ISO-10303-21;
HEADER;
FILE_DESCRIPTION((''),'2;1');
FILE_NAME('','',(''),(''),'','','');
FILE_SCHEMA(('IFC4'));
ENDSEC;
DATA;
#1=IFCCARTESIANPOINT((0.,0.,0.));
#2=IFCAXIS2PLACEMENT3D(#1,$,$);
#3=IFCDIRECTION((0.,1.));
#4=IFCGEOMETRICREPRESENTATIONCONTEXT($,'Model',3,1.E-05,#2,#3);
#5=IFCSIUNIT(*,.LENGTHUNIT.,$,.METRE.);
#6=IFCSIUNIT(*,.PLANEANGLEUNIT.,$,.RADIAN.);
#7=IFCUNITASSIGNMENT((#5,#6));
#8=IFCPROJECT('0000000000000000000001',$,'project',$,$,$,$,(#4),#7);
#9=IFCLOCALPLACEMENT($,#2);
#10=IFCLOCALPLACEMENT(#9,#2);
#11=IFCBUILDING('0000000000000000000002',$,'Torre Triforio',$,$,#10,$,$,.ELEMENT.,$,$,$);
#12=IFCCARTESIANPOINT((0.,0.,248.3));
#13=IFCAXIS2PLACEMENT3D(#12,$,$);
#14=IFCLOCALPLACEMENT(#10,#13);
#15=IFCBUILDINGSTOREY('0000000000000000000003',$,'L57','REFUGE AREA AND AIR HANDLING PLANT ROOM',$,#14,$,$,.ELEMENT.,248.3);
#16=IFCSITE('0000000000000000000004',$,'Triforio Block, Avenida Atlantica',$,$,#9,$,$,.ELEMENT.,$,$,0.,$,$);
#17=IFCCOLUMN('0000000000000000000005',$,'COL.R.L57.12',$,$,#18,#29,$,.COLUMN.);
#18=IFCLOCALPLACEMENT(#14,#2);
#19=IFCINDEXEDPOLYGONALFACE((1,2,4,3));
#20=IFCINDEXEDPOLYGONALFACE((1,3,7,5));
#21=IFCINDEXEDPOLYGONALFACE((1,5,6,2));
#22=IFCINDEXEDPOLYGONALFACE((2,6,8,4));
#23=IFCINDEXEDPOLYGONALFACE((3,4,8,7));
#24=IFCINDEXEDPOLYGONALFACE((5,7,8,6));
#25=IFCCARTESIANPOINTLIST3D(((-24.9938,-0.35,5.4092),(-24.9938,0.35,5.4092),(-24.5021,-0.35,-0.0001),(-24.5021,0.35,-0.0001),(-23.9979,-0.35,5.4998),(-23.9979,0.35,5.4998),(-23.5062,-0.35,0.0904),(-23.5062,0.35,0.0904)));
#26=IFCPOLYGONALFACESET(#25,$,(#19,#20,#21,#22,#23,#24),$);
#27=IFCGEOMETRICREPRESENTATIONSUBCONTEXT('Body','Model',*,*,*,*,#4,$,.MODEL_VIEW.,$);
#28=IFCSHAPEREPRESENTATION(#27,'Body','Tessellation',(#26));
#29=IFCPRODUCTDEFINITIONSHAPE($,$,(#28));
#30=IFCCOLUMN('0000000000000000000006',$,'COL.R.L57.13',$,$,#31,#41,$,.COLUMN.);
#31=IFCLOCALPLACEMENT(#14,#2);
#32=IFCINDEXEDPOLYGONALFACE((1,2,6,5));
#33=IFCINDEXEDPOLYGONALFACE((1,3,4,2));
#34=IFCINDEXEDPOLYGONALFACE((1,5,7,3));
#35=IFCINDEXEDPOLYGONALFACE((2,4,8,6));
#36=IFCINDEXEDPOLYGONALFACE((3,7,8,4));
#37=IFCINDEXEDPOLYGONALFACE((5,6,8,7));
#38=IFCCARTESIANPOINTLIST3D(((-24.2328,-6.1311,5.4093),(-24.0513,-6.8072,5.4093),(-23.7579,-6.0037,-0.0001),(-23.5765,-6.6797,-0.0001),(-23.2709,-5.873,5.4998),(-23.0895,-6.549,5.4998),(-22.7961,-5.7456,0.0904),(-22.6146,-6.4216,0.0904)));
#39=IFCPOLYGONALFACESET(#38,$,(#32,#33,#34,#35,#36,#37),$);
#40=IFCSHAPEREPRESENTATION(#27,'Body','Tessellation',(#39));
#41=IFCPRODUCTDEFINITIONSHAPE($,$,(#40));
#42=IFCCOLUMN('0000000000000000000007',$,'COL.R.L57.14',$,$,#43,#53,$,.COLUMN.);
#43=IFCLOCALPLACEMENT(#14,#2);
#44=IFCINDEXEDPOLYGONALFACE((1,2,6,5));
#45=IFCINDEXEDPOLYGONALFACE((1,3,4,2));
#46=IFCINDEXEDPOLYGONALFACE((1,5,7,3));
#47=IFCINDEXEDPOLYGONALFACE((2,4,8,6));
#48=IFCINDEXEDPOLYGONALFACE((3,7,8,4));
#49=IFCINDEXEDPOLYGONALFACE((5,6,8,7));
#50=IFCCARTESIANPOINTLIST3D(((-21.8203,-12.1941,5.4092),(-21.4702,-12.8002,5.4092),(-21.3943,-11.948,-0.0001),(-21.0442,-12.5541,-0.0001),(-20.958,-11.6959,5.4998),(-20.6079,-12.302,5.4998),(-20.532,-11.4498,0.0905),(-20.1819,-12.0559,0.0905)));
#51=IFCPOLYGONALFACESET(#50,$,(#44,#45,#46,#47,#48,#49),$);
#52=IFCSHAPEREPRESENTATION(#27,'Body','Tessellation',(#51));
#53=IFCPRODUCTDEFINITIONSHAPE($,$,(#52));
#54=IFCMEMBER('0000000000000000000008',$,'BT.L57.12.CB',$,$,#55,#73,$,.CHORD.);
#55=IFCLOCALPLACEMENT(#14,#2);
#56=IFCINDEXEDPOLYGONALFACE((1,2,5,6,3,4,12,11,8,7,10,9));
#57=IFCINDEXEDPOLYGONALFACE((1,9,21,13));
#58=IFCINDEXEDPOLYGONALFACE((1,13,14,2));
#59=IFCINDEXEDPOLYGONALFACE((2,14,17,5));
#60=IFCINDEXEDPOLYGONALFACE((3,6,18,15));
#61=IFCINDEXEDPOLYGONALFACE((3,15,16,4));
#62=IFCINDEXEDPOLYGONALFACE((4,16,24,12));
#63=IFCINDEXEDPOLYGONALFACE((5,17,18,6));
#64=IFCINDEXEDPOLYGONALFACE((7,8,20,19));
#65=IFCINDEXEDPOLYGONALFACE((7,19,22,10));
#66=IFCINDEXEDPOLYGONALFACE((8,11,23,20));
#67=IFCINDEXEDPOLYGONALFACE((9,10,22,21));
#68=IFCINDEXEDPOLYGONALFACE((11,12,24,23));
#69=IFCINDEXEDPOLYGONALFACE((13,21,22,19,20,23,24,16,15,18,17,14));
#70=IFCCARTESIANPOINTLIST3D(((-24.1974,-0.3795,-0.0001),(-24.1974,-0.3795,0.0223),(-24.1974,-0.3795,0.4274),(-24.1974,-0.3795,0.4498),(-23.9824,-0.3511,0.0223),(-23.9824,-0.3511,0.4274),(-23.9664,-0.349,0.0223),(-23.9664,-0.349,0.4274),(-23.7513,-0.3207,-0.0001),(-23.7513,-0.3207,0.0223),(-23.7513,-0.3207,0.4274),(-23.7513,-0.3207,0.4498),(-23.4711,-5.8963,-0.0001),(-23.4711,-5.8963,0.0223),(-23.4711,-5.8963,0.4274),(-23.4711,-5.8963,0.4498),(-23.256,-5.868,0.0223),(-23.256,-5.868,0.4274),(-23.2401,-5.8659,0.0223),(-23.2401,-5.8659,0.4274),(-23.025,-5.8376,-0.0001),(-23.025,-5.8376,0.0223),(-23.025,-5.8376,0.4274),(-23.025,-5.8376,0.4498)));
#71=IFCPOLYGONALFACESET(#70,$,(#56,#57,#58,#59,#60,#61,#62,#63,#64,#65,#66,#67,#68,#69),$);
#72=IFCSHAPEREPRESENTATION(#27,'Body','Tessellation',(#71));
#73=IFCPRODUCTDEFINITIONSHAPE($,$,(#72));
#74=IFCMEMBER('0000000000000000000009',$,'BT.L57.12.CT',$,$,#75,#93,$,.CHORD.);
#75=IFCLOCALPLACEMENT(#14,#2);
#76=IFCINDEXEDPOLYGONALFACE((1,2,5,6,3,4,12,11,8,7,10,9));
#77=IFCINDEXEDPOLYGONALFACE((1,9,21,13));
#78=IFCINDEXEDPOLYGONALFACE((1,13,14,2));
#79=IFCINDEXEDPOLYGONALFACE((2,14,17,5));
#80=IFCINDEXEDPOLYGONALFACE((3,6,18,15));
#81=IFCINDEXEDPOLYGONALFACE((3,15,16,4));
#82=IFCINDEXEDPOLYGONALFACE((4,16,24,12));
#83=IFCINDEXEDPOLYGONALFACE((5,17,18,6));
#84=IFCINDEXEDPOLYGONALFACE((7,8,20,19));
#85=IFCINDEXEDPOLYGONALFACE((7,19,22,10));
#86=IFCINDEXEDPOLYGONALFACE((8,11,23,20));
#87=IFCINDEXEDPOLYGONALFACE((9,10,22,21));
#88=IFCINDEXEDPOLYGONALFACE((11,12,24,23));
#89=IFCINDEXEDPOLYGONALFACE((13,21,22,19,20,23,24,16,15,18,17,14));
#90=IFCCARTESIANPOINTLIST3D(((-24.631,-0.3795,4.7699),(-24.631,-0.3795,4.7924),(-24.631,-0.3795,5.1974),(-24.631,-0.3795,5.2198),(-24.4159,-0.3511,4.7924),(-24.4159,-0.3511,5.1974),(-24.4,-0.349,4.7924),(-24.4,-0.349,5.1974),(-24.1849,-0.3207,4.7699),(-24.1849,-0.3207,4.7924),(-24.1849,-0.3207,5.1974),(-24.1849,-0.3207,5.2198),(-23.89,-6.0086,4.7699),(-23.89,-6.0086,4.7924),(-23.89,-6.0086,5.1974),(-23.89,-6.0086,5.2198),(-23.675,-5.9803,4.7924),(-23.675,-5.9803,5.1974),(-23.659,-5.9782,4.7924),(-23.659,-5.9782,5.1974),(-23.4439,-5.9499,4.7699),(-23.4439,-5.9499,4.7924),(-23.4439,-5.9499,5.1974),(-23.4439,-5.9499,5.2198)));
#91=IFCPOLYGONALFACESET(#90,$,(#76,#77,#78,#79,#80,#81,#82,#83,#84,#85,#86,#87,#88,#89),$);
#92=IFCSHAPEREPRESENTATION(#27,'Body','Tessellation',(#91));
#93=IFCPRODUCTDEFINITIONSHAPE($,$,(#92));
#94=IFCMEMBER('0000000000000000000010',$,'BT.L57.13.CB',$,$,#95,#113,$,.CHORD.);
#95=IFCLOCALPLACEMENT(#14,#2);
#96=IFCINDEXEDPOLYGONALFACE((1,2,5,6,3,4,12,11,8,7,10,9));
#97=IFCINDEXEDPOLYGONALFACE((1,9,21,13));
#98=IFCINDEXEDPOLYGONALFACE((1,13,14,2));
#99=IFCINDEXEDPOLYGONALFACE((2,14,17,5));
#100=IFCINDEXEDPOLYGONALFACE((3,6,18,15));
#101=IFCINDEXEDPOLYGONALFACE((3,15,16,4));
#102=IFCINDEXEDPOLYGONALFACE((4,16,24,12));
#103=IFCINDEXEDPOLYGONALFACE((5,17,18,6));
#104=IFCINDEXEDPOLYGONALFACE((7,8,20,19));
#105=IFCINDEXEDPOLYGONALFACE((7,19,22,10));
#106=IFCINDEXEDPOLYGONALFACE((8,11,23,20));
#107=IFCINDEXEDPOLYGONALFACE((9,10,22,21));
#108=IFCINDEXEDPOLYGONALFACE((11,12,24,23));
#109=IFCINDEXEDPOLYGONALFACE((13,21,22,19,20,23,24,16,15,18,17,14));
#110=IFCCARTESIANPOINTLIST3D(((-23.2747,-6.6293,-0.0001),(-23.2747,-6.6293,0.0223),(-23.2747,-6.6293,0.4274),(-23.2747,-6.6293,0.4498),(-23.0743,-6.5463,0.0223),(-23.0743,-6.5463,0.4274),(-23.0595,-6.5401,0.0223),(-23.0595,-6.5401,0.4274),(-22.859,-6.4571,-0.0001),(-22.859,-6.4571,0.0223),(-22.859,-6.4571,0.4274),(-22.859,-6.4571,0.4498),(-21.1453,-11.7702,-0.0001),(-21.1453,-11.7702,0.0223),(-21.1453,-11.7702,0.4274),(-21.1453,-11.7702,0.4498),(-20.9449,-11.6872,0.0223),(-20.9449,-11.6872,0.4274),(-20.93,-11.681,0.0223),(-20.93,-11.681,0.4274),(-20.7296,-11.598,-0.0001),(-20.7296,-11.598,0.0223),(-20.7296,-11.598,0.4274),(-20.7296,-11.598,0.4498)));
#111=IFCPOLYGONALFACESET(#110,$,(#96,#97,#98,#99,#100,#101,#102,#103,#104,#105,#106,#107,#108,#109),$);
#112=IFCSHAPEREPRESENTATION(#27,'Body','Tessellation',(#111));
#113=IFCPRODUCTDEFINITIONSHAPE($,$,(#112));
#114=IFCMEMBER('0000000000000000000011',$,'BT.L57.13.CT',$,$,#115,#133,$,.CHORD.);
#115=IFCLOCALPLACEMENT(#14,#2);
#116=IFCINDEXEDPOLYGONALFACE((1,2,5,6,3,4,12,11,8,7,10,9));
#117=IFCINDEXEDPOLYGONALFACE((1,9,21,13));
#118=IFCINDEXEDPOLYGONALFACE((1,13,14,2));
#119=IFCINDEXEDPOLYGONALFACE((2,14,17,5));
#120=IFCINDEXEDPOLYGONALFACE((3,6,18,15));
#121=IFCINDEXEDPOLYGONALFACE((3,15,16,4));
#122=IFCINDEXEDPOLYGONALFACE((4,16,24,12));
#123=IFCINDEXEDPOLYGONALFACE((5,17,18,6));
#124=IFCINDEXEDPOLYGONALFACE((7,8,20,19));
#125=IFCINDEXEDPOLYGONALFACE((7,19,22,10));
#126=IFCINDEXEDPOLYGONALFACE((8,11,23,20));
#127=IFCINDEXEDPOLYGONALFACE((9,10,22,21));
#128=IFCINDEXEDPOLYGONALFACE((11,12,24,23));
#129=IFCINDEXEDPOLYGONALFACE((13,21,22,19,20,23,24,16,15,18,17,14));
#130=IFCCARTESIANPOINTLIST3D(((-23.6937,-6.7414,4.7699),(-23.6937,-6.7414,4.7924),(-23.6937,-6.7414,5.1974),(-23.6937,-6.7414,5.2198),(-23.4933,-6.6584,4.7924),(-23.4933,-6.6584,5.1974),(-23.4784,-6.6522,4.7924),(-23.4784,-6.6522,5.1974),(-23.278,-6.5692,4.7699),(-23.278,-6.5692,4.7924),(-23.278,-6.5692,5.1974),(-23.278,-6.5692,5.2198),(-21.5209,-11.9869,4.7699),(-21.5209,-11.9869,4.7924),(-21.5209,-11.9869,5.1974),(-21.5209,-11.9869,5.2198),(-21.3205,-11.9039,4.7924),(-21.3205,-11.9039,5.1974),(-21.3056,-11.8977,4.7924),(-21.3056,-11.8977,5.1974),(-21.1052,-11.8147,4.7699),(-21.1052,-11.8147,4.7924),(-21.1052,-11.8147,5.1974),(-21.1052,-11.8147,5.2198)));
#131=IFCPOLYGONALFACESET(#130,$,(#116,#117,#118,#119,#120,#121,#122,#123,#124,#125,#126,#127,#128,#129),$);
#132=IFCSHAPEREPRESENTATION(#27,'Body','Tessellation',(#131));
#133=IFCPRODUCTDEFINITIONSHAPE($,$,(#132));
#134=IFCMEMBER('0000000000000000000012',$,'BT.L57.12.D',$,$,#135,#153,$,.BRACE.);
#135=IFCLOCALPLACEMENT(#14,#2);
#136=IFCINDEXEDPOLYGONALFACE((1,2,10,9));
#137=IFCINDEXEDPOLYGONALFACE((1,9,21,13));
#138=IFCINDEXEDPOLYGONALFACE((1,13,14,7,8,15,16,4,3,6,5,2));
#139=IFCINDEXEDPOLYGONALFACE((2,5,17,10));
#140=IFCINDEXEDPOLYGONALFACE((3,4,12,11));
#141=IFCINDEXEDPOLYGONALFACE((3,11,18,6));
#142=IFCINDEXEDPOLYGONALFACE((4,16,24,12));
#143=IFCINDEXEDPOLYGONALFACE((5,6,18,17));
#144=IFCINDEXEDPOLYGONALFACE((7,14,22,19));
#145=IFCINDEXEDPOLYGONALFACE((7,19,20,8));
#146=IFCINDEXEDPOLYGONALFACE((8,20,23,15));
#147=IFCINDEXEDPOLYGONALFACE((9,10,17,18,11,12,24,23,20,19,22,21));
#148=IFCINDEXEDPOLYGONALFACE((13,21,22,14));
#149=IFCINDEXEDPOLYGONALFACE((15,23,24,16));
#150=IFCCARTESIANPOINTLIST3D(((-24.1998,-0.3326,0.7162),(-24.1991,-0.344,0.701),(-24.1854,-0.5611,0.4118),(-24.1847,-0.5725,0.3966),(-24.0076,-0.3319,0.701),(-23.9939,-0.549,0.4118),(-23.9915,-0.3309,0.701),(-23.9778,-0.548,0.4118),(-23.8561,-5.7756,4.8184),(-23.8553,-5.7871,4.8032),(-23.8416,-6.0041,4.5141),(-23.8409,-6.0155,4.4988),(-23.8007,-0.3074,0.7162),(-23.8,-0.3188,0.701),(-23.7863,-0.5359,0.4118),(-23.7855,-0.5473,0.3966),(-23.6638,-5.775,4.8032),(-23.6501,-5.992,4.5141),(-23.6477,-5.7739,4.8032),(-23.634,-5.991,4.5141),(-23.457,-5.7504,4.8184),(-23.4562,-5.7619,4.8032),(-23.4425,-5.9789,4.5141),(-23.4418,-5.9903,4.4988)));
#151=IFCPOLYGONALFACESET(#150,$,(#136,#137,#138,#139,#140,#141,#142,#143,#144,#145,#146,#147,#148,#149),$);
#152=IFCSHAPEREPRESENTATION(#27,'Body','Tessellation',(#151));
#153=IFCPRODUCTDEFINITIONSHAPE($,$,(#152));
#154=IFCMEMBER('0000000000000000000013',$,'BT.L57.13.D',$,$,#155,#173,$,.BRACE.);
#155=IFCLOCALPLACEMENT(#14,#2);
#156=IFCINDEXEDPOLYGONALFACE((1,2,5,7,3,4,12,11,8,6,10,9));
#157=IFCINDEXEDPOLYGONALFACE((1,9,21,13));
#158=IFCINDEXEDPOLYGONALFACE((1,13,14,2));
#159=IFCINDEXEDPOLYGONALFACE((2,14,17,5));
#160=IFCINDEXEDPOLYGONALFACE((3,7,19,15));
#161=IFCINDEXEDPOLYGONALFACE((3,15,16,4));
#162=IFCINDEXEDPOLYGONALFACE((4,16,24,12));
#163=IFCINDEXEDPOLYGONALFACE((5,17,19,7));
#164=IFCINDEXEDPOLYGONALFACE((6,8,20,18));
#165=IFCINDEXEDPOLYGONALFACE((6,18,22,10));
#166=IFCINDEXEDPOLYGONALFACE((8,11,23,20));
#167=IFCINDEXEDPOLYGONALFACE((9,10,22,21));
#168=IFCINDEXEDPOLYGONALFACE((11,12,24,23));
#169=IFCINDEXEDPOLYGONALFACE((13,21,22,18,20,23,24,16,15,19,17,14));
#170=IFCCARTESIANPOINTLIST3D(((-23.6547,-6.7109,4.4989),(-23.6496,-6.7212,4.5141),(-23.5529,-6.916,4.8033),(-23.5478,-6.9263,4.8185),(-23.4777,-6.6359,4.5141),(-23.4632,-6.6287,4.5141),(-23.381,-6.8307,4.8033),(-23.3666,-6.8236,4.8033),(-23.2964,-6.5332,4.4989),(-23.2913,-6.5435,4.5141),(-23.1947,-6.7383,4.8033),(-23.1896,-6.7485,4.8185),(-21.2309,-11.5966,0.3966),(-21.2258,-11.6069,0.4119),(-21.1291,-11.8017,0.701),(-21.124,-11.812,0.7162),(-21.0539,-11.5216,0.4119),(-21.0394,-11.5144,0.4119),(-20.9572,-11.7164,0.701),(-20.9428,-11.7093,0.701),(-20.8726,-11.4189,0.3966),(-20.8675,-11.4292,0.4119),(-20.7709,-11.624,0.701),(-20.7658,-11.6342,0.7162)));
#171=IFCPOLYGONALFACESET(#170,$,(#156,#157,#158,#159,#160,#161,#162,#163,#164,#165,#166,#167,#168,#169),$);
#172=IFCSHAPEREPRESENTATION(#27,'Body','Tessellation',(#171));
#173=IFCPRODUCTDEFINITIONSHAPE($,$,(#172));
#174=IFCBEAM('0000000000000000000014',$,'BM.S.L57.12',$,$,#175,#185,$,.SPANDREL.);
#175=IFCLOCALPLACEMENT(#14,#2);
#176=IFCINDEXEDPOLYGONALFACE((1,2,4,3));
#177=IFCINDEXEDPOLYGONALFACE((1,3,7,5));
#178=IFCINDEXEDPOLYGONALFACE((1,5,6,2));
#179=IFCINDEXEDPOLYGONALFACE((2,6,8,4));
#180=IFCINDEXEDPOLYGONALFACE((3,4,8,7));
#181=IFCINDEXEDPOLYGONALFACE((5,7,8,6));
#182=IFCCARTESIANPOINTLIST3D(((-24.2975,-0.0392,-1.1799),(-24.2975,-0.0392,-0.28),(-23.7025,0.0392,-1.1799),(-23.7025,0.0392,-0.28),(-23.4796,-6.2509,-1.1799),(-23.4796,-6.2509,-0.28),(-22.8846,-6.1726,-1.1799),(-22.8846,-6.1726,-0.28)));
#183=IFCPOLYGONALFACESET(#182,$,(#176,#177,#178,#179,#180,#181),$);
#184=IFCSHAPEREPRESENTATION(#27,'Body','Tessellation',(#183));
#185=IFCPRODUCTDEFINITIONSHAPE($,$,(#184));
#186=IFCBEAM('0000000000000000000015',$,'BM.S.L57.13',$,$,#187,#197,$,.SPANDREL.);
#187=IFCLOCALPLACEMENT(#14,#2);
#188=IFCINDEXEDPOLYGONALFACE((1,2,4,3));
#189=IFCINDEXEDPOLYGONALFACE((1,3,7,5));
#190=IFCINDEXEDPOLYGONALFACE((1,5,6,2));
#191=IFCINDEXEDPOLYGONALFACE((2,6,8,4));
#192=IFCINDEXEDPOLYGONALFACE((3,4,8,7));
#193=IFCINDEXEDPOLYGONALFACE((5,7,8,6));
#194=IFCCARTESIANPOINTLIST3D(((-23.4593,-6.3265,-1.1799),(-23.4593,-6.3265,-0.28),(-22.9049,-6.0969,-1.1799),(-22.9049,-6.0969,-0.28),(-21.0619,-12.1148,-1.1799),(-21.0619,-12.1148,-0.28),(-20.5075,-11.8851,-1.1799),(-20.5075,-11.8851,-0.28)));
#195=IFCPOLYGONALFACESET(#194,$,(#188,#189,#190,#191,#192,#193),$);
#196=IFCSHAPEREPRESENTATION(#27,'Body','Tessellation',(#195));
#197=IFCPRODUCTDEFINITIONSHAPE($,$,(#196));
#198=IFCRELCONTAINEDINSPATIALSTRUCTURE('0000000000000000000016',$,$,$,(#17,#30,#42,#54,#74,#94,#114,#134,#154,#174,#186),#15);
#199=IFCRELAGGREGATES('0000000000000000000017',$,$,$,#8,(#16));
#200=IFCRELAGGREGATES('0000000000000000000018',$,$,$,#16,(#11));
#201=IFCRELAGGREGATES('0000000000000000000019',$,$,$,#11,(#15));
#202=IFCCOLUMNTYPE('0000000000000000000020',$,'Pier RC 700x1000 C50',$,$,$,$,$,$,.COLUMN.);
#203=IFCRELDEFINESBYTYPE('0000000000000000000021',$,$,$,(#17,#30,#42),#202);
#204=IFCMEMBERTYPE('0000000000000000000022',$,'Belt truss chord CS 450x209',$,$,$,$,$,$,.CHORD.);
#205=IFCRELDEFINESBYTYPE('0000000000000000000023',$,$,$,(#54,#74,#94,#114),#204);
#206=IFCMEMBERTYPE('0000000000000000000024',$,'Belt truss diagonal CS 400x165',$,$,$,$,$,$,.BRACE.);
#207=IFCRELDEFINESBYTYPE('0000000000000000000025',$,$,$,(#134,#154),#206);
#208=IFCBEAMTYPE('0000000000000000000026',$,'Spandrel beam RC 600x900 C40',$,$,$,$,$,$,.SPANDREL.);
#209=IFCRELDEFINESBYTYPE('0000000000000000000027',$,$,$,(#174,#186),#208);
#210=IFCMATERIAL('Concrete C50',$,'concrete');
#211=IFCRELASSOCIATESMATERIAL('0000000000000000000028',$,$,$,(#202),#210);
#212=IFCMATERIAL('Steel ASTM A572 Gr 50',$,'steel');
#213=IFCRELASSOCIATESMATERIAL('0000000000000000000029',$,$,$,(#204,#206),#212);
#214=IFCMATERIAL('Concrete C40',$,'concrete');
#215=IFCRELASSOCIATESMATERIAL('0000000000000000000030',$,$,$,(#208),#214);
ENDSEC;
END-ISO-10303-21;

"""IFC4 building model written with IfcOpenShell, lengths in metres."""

from ifc_helpers import new_model, si_unit, direction, frame, origin, origin_2d, place, context, subcontext, project, spatial, rectangle, i_section, extrude, material, material_profile, profile_set, type_object, element, save


model = new_model("IFC4")

# Units and contexts
model_context = context("Model", 3, precision=1e-05, world=origin(), true_north=direction((0.0, 1.0)))
body_context = subcontext(model_context, "Body", "Model", "MODEL_VIEW")
ifc_project = project(units=[si_unit("LENGTHUNIT", "METRE"), si_unit("PLANEANGLEUNIT", "RADIAN")], contexts=[model_context])

# Site, building, storey
site_placement = place(None, origin())
site = spatial("IfcSite", under=ifc_project, at=site_placement, Name="Triforio Block, Avenida Atlantica", CompositionType="ELEMENT", RefElevation=0.0)
building_placement = place(site_placement, origin())
building = spatial("IfcBuilding", under=site, at=building_placement, Name="Torre Triforio", CompositionType="ELEMENT")
storey_placement = place(building_placement, frame((0.0, 0.0, 248.3)))
storey = spatial("IfcBuildingStorey", under=building, at=storey_placement, Name="L57", Description="REFUGE AREA AND AIR HANDLING PLANT ROOM", CompositionType="ELEMENT", Elevation=248.3)

# Columns
ifc_material_1 = material(Name="Concrete C50", Category="concrete")
ifc_material_profile_1 = material_profile(ifc_material_1, rectangle(XDim=0.7, YDim=1.0, at=origin_2d()), Name="RC 700x1000")
ifc_profile_set_1 = profile_set([ifc_material_profile_1], Name="Concrete C50")
column_type = type_object("IfcColumnType", Name="Pier RC 700x1000 C50", PredefinedType="COLUMN", material=ifc_profile_set_1)
for number, where, z_axis, x_axis, name in (
    (1, (-24.0042, 0.0, 0.0452), (-0.090524, 0.0, 0.995894), (0.0, -1.0, 0.0), "COL.R.L57.12"),
    (2, (-23.1863, -6.2126, 0.0452), (-0.087422, -0.023462, 0.995895), (0.259208, -0.965822, 0.0), "COL.R.L57.13"),
    (3, (-20.7881, -12.002, 0.0452), (-0.078432, -0.045307, 0.995889), (0.500195, -0.865913, 0.0), "COL.R.L57.14"),
):
    element("IfcColumn", number, at=place(storey_placement, frame(where, z_axis=z_axis, x_axis=x_axis)), inside=storey, type_object=column_type, Name=name, PredefinedType="COLUMN", context=body_context, shape_type="SweptSolid", body=[
        extrude(rectangle(XDim=0.7, YDim=1.0, at=origin_2d()), origin(), (0.0, 0.0, 1.0), 5.4316),
    ])

# Members
ifc_material_2 = material(Name="Steel ASTM A572 Gr 50", Category="steel")
ifc_material_profile_2 = material_profile(ifc_material_2, i_section(OverallWidth=0.45, OverallDepth=0.45, WebThickness=0.0161, FlangeThickness=0.0225, at=origin_2d()), Name="CS 450x209")
ifc_profile_set_2 = profile_set([ifc_material_profile_2], Name="Steel ASTM A572 Gr 50")
member_type_1 = type_object("IfcMemberType", Name="Belt truss chord CS 450x209", PredefinedType="CHORD", material=ifc_profile_set_2)
member_1_placement = place(storey_placement, frame((-23.9744, -0.3501, 0.2249), z_axis=(0.130528, -0.991445, 0.0), x_axis=(0.991445, 0.130528, 0.0)))
element("IfcMember", 4, at=member_1_placement, inside=storey, type_object=member_type_1, Name="BT.L57.12.CB", PredefinedType="CHORD", context=body_context, shape_type="SweptSolid", body=[
    extrude(i_section(OverallWidth=0.45, OverallDepth=0.45, WebThickness=0.0161, FlangeThickness=0.0225, at=origin_2d()), origin(), (0.0, 0.0, 1.0), 5.5645),
])
member_2_placement = place(storey_placement, frame((-24.408, -0.3501, 4.9949), z_axis=(0.130505, -0.991448, 0.0), x_axis=(0.991448, 0.130505, 0.0)))
element("IfcMember", 5, at=member_2_placement, inside=storey, type_object=member_type_1, Name="BT.L57.12.CT", PredefinedType="CHORD", context=body_context, shape_type="SweptSolid", body=[
    extrude(i_section(OverallWidth=0.45, OverallDepth=0.45, WebThickness=0.0161, FlangeThickness=0.0225, at=origin_2d()), origin(), (0.0, 0.0, 1.0), 5.6777),
])
member_3_placement = place(storey_placement, frame((-23.0669, -6.5432, 0.2249), z_axis=(0.38268, -0.923881, 0.0), x_axis=(0.923881, 0.38268, 0.0)))
element("IfcMember", 6, at=member_3_placement, inside=storey, type_object=member_type_1, Name="BT.L57.13.CB", PredefinedType="CHORD", context=body_context, shape_type="SweptSolid", body=[
    extrude(i_section(OverallWidth=0.45, OverallDepth=0.45, WebThickness=0.0161, FlangeThickness=0.0225, at=origin_2d()), origin(), (0.0, 0.0, 1.0), 5.5645),
])
member_4_placement = place(storey_placement, frame((-23.4858, -6.6553, 4.9949), z_axis=(0.382691, -0.923876, 0.0), x_axis=(0.923876, 0.382691, 0.0)))
element("IfcMember", 7, at=member_4_placement, inside=storey, type_object=member_type_1, Name="BT.L57.13.CT", PredefinedType="CHORD", context=body_context, shape_type="SweptSolid", body=[
    extrude(i_section(OverallWidth=0.45, OverallDepth=0.45, WebThickness=0.0161, FlangeThickness=0.0225, at=origin_2d()), origin(), (0.0, 0.0, 1.0), 5.6777),
])
ifc_material_profile_3 = material_profile(ifc_material_2, i_section(OverallWidth=0.3999, OverallDepth=0.3999, WebThickness=0.0161, FlangeThickness=0.019, at=origin_2d()), Name="CS 400x165")
ifc_profile_set_3 = profile_set([ifc_material_profile_3], Name="Steel ASTM A572 Gr 50")
member_type_2 = type_object("IfcMemberType", Name="Belt truss diagonal CS 400x165", PredefinedType="BRACE", material=ifc_profile_set_3)
for number, where, z_axis, x_axis, name in (
    (8, (-23.9927, -0.4399, 0.5564), (0.05037, -0.797579, 0.601108), (0.998012, 0.063028, 0.0), "BT.L57.12.D"),
    (9, (-23.4221, -6.7297, 4.6587), (0.355164, -0.715909, -0.60111), (0.895819, 0.444418, 0.0), "BT.L57.13.D"),
):
    element("IfcMember", number, at=place(storey_placement, frame(where, z_axis=z_axis, x_axis=x_axis)), inside=storey, type_object=member_type_2, Name=name, PredefinedType="BRACE", context=body_context, shape_type="SweptSolid", body=[
        extrude(i_section(OverallWidth=0.3999, OverallDepth=0.3999, WebThickness=0.0161, FlangeThickness=0.019, at=origin_2d()), origin(), (0.0, 0.0, 1.0), 6.8245),
    ])

# Beams
ifc_material_3 = material(Name="Concrete C40", Category="concrete")
ifc_material_profile_4 = material_profile(ifc_material_3, rectangle(XDim=0.6001, YDim=0.8999, at=origin_2d()), Name="RC 600x900")
ifc_profile_set_4 = profile_set([ifc_material_profile_4], Name="Concrete C40")
beam_type = type_object("IfcBeamType", Name="Spandrel beam RC 600x900 C40", PredefinedType="SPANDREL", material=ifc_profile_set_4)
beam_1_placement = place(storey_placement, frame((-24.0, 0.0, -0.73), z_axis=(0.13054, -0.991443, 0.0), x_axis=(0.991443, 0.13054, 0.0)))
element("IfcBeam", 10, at=beam_1_placement, inside=storey, type_object=beam_type, Name="BM.S.L57.12", PredefinedType="SPANDREL", context=body_context, shape_type="SweptSolid", body=[
    extrude(rectangle(XDim=0.6001, YDim=0.8999, at=origin_2d()), origin(), (0.0, 0.0, 1.0), 6.2654),
])
beam_2_placement = place(storey_placement, frame((-23.1821, -6.2117, -0.73), z_axis=(0.382664, -0.923888, 0.0), x_axis=(0.923888, 0.382664, 0.0)))
element("IfcBeam", 11, at=beam_2_placement, inside=storey, type_object=beam_type, Name="BM.S.L57.13", PredefinedType="SPANDREL", context=body_context, shape_type="SweptSolid", body=[
    extrude(rectangle(XDim=0.6001, YDim=0.8999, at=origin_2d()), origin(), (0.0, 0.0, 1.0), 6.2651),
])

save(model, "model.ifc")
